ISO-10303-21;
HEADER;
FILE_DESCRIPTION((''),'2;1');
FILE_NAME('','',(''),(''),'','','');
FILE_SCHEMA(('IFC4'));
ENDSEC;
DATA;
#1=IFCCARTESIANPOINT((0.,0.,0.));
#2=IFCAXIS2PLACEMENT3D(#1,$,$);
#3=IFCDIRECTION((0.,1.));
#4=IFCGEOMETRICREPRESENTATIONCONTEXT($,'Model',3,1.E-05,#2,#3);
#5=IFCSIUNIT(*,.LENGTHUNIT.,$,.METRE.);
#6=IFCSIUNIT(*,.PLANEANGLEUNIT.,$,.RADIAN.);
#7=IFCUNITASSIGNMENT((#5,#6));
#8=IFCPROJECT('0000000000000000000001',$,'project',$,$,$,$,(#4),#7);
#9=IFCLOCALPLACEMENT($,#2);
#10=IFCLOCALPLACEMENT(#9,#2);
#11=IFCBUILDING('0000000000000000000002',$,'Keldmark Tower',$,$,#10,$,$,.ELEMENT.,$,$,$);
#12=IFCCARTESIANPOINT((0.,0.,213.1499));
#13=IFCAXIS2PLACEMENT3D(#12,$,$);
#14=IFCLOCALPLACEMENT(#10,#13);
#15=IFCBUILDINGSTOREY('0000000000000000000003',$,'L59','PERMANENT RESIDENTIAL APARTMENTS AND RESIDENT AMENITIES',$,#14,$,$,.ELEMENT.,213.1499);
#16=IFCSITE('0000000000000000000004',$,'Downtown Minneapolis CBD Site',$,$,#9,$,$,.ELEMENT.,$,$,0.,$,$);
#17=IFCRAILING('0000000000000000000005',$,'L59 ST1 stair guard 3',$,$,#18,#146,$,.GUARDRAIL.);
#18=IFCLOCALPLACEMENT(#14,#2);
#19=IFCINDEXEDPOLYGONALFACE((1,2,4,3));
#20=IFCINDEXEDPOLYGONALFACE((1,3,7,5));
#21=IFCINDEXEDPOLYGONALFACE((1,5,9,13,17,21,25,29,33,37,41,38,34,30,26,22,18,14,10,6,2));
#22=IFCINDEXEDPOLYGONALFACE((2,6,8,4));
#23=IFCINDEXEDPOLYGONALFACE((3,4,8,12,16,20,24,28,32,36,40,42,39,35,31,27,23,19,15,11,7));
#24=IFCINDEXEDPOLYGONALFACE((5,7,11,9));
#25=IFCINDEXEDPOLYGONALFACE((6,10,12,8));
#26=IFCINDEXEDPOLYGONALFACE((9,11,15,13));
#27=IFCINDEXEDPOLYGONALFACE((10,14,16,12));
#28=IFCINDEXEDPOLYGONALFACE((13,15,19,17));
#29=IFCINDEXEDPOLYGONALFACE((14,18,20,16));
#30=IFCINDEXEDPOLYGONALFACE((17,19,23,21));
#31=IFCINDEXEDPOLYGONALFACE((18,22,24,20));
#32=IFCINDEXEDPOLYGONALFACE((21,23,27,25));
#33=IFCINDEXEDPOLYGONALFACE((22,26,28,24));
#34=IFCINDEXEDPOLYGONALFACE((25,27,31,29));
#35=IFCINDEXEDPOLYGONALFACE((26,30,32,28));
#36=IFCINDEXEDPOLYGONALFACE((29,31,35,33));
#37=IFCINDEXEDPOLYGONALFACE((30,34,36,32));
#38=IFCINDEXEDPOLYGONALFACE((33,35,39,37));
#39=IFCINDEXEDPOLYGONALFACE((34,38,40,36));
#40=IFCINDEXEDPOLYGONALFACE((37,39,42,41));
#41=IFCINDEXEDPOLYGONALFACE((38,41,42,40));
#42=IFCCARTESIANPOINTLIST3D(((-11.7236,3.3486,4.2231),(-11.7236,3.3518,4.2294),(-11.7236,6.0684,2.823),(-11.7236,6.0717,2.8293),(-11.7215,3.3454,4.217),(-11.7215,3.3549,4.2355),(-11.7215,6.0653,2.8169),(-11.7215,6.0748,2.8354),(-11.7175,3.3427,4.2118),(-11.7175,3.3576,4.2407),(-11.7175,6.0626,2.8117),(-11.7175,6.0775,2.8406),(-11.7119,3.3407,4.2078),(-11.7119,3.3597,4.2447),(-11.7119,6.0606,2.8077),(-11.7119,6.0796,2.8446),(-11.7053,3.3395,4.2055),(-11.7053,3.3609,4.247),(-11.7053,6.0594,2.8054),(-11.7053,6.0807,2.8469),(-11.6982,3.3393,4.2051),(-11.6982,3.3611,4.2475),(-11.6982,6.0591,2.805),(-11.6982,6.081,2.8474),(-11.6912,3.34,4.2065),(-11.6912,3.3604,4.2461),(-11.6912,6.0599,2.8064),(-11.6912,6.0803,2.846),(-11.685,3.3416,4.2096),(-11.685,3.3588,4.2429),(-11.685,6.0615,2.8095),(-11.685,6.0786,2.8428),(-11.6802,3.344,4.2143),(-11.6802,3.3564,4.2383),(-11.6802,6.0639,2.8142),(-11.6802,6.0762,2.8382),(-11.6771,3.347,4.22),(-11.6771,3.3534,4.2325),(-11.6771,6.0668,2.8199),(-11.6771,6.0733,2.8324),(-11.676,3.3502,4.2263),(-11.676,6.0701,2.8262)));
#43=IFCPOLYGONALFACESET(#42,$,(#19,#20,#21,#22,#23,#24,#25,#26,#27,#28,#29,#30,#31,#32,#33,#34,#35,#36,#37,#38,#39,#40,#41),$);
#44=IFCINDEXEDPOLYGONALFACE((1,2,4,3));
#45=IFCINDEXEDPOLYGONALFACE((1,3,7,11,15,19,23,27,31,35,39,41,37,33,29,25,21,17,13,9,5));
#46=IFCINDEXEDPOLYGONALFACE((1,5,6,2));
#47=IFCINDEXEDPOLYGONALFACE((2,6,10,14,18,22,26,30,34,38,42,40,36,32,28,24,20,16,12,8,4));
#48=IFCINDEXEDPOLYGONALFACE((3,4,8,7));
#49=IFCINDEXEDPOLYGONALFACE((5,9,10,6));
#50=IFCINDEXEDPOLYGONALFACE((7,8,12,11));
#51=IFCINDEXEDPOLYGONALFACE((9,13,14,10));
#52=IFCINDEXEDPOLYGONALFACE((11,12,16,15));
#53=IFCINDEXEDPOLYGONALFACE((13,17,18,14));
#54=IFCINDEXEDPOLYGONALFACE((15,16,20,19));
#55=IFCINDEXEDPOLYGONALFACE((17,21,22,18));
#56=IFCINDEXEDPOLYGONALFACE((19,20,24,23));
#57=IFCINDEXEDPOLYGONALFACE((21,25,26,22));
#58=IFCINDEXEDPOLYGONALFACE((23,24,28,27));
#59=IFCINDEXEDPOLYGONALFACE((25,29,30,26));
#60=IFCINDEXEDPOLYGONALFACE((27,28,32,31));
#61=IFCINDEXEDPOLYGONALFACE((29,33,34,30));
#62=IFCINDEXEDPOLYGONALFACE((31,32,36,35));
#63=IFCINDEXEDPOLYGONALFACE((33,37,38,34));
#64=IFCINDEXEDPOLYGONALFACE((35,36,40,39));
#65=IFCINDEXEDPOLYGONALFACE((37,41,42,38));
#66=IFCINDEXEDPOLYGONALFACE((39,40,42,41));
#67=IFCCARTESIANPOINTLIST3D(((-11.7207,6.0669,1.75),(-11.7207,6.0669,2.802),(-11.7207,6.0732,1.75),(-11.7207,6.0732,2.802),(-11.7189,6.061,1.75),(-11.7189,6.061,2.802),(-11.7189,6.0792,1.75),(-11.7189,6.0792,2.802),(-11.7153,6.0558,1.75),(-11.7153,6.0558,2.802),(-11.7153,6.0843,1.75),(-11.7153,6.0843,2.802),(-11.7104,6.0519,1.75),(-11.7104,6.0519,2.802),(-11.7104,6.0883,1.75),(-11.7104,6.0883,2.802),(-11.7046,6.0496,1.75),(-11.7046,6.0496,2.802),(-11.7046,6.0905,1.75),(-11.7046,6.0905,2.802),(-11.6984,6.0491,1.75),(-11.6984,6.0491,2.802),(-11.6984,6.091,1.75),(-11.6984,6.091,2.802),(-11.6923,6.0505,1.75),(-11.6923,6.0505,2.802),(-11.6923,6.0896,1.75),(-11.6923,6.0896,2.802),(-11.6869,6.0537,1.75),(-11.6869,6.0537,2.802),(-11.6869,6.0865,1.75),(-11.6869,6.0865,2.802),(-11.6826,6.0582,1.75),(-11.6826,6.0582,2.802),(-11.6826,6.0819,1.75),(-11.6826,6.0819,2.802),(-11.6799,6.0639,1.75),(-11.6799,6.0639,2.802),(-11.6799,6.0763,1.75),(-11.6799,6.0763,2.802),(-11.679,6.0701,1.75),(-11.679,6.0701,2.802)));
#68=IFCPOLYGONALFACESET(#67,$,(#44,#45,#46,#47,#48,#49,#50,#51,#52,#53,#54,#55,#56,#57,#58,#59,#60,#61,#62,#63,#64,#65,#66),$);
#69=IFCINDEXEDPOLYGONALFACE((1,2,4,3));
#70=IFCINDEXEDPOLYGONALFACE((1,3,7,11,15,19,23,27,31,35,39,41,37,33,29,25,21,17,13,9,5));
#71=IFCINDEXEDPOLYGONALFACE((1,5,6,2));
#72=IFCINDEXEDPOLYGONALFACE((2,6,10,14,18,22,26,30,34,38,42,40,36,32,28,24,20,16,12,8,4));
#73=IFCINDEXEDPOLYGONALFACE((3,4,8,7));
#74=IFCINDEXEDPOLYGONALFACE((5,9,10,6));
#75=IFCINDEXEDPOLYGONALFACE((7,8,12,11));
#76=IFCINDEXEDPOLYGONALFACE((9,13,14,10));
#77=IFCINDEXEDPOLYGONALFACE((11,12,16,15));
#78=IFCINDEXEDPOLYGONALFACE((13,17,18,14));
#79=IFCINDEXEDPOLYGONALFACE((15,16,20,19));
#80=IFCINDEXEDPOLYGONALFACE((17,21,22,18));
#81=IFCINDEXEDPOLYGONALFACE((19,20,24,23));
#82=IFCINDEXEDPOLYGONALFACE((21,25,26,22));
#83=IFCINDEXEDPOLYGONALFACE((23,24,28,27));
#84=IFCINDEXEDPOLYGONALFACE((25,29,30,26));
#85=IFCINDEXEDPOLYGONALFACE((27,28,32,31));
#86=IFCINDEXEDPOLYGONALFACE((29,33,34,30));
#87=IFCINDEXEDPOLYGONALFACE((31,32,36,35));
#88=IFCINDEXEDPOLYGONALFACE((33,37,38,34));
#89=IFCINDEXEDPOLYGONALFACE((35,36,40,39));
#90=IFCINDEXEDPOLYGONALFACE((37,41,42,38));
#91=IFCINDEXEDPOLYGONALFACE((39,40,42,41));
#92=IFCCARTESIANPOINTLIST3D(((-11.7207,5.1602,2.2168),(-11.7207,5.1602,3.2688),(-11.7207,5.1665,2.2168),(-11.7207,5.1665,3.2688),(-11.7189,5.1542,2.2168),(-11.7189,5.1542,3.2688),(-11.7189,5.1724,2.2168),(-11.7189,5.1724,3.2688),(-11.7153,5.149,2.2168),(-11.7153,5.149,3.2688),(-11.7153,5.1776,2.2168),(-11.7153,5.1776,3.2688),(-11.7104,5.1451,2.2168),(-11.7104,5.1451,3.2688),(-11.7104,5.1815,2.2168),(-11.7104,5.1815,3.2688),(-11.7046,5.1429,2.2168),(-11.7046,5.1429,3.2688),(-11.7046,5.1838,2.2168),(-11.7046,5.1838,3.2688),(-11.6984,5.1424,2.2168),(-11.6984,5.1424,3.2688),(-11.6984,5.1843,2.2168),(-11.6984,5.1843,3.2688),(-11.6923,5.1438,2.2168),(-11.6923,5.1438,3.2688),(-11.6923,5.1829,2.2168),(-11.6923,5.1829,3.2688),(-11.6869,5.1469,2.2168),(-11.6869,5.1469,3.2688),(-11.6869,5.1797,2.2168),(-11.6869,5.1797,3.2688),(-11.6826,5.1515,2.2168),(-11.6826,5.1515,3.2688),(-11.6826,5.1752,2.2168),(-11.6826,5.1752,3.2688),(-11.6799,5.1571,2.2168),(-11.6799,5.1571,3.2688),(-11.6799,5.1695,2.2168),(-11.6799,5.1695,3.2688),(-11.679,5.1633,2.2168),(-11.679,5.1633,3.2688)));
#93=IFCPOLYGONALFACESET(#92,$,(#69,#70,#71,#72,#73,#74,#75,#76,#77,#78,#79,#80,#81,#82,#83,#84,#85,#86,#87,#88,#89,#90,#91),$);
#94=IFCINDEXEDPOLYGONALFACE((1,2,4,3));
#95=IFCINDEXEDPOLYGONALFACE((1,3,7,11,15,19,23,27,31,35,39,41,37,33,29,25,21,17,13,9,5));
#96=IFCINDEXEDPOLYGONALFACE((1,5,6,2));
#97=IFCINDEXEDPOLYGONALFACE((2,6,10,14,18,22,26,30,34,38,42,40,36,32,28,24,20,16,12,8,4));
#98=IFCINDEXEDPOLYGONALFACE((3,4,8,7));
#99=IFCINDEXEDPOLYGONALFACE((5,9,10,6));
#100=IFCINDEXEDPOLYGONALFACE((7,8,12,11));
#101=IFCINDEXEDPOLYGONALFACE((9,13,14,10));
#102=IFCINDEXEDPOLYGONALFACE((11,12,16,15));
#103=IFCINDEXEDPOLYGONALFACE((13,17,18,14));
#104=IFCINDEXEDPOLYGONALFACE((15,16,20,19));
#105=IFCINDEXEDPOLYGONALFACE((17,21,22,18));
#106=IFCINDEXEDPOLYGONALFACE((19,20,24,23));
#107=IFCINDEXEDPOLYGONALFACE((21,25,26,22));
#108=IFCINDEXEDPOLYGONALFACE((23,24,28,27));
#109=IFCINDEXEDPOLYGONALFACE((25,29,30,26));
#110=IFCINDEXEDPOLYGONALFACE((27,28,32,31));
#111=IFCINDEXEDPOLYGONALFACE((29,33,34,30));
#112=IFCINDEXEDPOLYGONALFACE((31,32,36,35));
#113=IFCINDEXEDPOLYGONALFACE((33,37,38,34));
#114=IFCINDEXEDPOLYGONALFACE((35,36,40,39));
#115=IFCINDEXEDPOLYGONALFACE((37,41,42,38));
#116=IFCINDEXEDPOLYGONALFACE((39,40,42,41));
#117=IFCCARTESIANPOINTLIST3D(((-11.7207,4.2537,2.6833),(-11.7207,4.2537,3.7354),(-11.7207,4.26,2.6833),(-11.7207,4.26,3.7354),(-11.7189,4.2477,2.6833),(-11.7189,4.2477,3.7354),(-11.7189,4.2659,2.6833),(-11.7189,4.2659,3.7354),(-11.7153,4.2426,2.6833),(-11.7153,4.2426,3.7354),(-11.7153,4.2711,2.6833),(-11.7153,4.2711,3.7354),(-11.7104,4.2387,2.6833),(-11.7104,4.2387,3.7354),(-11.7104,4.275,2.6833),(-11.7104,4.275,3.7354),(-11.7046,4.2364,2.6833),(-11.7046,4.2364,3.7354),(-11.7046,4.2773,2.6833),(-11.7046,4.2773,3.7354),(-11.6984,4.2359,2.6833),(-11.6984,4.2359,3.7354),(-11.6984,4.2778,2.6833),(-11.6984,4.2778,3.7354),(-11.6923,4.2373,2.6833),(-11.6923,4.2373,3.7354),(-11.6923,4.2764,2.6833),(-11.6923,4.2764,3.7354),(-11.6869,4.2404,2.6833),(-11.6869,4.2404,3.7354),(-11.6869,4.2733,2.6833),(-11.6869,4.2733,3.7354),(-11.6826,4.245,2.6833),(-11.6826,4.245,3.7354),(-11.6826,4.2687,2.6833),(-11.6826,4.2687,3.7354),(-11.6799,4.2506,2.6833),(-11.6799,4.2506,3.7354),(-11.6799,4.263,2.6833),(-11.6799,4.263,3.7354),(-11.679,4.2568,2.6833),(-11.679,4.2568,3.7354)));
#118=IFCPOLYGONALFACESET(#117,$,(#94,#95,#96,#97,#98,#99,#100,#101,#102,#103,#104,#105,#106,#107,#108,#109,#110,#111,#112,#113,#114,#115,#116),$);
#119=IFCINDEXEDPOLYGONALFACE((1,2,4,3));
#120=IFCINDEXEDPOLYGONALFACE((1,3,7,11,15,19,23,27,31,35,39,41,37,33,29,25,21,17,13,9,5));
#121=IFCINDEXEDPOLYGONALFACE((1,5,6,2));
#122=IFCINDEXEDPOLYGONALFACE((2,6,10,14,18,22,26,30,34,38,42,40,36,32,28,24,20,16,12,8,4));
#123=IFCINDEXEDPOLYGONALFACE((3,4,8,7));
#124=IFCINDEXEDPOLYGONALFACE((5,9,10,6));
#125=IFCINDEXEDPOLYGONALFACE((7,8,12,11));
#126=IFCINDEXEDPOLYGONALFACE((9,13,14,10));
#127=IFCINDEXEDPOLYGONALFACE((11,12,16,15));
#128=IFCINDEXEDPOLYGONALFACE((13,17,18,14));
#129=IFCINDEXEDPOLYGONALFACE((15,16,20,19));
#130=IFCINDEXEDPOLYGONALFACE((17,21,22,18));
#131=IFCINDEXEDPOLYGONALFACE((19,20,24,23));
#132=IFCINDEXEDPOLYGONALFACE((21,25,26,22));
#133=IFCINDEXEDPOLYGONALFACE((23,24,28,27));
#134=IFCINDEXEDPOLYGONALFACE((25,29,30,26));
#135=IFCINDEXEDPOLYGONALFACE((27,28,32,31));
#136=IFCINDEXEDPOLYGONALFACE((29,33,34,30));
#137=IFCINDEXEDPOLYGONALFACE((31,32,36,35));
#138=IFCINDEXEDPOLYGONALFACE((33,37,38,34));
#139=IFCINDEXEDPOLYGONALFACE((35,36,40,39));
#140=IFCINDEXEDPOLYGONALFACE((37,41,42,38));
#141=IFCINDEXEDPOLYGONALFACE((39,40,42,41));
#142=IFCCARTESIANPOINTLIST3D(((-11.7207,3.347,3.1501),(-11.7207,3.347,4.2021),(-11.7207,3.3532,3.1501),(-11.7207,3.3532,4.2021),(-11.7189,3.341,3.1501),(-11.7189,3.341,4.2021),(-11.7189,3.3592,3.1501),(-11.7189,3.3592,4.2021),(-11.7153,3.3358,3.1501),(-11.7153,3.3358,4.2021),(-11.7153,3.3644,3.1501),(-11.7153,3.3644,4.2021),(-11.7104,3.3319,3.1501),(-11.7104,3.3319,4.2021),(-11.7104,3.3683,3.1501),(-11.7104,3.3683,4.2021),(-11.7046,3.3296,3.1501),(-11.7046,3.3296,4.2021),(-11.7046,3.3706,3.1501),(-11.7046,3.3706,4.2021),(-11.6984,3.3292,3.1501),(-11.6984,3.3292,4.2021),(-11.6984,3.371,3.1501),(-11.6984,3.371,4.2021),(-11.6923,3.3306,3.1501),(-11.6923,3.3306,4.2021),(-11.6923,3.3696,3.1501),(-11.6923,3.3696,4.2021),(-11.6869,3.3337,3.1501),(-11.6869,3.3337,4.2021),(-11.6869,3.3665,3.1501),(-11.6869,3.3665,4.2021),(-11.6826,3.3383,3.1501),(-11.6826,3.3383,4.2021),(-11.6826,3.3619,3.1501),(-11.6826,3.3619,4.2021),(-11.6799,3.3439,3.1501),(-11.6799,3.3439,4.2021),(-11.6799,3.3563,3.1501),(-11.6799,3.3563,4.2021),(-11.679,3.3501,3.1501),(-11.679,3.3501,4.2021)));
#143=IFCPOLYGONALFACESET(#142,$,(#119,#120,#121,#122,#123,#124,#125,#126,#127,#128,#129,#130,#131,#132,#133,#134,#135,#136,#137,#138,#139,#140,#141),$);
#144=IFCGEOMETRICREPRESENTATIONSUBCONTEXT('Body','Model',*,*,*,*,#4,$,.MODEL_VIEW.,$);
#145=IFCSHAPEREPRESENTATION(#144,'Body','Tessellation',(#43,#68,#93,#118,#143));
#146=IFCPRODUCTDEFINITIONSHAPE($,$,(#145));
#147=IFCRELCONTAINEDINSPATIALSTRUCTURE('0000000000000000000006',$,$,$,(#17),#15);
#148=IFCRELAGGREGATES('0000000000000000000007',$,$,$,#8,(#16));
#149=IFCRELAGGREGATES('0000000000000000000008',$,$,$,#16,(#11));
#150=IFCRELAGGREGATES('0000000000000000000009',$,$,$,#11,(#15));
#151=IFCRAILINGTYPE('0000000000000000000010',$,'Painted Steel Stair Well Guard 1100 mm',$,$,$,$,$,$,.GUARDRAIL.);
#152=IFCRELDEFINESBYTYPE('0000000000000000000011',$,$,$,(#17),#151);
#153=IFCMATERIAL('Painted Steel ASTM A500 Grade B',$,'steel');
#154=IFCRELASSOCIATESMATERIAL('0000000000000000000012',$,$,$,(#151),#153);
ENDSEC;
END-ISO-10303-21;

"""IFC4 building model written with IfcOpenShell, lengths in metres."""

from ifc_helpers import new_model, si_unit, direction, frame, origin, origin_2d, place, context, subcontext, project, spatial, circle, extrude, material, type_object, element, save


model = new_model("IFC4")

# Units and contexts
model_context = context("Model", 3, precision=1e-05, world=origin(), true_north=direction((0.0, 1.0)))
body_context = subcontext(model_context, "Body", "Model", "MODEL_VIEW")
ifc_project = project(units=[si_unit("LENGTHUNIT", "METRE"), si_unit("PLANEANGLEUNIT", "RADIAN")], contexts=[model_context])

# Site, building, storey
site_placement = place(None, origin())
site = spatial("IfcSite", under=ifc_project, at=site_placement, Name="Downtown Minneapolis CBD Site", CompositionType="ELEMENT", RefElevation=0.0)
building_placement = place(site_placement, origin())
building = spatial("IfcBuilding", under=site, at=building_placement, Name="Keldmark Tower", CompositionType="ELEMENT")
storey_placement = place(building_placement, frame((0.0, 0.0, 213.1499)))
storey = spatial("IfcBuildingStorey", under=building, at=storey_placement, Name="L59", Description="PERMANENT RESIDENTIAL APARTMENTS AND RESIDENT AMENITIES", CompositionType="ELEMENT", Elevation=213.1499)

# Railing
ifc_material_1 = material(Name="Painted Steel ASTM A500 Grade B", Category="steel")
railing_type_1 = type_object("IfcRailingType", Name="Painted Steel Stair Well Guard 1100 mm", PredefinedType="GUARDRAIL", material=ifc_material_1)
railing_1_placement = place(storey_placement, frame((-11.7, 6.0701, 1.75)))
element("IfcRailing", 1, at=railing_1_placement, inside=storey, type_object=railing_type_1, Name="L59 ST1 stair guard 3", PredefinedType="GUARDRAIL", context=body_context, shape_type="SweptSolid", body=[
    extrude(circle(Radius=0.0239, at=origin_2d()), frame((0.0, 0.0, 1.0762), z_axis=(0.0, -0.889114, 0.457685), x_axis=(1.0, 0.0, 0.0)), (0.0, 0.0, 1.0), 3.0591),
    extrude(circle(Radius=0.021, at=origin_2d()), origin(), (0.0, 0.0, 1.0), 1.052),
    extrude(circle(Radius=0.021, at=origin_2d()), frame((0.0, -0.9067, 0.4668)), (0.0, 0.0, 1.0), 1.052),
    extrude(circle(Radius=0.021, at=origin_2d()), frame((0.0, -1.8132, 0.9333)), (0.0, 0.0, 1.0), 1.052),
    extrude(circle(Radius=0.021, at=origin_2d()), frame((0.0, -2.72, 1.4001)), (0.0, 0.0, 1.0), 1.052),
])

save(model, "model.ifc")
